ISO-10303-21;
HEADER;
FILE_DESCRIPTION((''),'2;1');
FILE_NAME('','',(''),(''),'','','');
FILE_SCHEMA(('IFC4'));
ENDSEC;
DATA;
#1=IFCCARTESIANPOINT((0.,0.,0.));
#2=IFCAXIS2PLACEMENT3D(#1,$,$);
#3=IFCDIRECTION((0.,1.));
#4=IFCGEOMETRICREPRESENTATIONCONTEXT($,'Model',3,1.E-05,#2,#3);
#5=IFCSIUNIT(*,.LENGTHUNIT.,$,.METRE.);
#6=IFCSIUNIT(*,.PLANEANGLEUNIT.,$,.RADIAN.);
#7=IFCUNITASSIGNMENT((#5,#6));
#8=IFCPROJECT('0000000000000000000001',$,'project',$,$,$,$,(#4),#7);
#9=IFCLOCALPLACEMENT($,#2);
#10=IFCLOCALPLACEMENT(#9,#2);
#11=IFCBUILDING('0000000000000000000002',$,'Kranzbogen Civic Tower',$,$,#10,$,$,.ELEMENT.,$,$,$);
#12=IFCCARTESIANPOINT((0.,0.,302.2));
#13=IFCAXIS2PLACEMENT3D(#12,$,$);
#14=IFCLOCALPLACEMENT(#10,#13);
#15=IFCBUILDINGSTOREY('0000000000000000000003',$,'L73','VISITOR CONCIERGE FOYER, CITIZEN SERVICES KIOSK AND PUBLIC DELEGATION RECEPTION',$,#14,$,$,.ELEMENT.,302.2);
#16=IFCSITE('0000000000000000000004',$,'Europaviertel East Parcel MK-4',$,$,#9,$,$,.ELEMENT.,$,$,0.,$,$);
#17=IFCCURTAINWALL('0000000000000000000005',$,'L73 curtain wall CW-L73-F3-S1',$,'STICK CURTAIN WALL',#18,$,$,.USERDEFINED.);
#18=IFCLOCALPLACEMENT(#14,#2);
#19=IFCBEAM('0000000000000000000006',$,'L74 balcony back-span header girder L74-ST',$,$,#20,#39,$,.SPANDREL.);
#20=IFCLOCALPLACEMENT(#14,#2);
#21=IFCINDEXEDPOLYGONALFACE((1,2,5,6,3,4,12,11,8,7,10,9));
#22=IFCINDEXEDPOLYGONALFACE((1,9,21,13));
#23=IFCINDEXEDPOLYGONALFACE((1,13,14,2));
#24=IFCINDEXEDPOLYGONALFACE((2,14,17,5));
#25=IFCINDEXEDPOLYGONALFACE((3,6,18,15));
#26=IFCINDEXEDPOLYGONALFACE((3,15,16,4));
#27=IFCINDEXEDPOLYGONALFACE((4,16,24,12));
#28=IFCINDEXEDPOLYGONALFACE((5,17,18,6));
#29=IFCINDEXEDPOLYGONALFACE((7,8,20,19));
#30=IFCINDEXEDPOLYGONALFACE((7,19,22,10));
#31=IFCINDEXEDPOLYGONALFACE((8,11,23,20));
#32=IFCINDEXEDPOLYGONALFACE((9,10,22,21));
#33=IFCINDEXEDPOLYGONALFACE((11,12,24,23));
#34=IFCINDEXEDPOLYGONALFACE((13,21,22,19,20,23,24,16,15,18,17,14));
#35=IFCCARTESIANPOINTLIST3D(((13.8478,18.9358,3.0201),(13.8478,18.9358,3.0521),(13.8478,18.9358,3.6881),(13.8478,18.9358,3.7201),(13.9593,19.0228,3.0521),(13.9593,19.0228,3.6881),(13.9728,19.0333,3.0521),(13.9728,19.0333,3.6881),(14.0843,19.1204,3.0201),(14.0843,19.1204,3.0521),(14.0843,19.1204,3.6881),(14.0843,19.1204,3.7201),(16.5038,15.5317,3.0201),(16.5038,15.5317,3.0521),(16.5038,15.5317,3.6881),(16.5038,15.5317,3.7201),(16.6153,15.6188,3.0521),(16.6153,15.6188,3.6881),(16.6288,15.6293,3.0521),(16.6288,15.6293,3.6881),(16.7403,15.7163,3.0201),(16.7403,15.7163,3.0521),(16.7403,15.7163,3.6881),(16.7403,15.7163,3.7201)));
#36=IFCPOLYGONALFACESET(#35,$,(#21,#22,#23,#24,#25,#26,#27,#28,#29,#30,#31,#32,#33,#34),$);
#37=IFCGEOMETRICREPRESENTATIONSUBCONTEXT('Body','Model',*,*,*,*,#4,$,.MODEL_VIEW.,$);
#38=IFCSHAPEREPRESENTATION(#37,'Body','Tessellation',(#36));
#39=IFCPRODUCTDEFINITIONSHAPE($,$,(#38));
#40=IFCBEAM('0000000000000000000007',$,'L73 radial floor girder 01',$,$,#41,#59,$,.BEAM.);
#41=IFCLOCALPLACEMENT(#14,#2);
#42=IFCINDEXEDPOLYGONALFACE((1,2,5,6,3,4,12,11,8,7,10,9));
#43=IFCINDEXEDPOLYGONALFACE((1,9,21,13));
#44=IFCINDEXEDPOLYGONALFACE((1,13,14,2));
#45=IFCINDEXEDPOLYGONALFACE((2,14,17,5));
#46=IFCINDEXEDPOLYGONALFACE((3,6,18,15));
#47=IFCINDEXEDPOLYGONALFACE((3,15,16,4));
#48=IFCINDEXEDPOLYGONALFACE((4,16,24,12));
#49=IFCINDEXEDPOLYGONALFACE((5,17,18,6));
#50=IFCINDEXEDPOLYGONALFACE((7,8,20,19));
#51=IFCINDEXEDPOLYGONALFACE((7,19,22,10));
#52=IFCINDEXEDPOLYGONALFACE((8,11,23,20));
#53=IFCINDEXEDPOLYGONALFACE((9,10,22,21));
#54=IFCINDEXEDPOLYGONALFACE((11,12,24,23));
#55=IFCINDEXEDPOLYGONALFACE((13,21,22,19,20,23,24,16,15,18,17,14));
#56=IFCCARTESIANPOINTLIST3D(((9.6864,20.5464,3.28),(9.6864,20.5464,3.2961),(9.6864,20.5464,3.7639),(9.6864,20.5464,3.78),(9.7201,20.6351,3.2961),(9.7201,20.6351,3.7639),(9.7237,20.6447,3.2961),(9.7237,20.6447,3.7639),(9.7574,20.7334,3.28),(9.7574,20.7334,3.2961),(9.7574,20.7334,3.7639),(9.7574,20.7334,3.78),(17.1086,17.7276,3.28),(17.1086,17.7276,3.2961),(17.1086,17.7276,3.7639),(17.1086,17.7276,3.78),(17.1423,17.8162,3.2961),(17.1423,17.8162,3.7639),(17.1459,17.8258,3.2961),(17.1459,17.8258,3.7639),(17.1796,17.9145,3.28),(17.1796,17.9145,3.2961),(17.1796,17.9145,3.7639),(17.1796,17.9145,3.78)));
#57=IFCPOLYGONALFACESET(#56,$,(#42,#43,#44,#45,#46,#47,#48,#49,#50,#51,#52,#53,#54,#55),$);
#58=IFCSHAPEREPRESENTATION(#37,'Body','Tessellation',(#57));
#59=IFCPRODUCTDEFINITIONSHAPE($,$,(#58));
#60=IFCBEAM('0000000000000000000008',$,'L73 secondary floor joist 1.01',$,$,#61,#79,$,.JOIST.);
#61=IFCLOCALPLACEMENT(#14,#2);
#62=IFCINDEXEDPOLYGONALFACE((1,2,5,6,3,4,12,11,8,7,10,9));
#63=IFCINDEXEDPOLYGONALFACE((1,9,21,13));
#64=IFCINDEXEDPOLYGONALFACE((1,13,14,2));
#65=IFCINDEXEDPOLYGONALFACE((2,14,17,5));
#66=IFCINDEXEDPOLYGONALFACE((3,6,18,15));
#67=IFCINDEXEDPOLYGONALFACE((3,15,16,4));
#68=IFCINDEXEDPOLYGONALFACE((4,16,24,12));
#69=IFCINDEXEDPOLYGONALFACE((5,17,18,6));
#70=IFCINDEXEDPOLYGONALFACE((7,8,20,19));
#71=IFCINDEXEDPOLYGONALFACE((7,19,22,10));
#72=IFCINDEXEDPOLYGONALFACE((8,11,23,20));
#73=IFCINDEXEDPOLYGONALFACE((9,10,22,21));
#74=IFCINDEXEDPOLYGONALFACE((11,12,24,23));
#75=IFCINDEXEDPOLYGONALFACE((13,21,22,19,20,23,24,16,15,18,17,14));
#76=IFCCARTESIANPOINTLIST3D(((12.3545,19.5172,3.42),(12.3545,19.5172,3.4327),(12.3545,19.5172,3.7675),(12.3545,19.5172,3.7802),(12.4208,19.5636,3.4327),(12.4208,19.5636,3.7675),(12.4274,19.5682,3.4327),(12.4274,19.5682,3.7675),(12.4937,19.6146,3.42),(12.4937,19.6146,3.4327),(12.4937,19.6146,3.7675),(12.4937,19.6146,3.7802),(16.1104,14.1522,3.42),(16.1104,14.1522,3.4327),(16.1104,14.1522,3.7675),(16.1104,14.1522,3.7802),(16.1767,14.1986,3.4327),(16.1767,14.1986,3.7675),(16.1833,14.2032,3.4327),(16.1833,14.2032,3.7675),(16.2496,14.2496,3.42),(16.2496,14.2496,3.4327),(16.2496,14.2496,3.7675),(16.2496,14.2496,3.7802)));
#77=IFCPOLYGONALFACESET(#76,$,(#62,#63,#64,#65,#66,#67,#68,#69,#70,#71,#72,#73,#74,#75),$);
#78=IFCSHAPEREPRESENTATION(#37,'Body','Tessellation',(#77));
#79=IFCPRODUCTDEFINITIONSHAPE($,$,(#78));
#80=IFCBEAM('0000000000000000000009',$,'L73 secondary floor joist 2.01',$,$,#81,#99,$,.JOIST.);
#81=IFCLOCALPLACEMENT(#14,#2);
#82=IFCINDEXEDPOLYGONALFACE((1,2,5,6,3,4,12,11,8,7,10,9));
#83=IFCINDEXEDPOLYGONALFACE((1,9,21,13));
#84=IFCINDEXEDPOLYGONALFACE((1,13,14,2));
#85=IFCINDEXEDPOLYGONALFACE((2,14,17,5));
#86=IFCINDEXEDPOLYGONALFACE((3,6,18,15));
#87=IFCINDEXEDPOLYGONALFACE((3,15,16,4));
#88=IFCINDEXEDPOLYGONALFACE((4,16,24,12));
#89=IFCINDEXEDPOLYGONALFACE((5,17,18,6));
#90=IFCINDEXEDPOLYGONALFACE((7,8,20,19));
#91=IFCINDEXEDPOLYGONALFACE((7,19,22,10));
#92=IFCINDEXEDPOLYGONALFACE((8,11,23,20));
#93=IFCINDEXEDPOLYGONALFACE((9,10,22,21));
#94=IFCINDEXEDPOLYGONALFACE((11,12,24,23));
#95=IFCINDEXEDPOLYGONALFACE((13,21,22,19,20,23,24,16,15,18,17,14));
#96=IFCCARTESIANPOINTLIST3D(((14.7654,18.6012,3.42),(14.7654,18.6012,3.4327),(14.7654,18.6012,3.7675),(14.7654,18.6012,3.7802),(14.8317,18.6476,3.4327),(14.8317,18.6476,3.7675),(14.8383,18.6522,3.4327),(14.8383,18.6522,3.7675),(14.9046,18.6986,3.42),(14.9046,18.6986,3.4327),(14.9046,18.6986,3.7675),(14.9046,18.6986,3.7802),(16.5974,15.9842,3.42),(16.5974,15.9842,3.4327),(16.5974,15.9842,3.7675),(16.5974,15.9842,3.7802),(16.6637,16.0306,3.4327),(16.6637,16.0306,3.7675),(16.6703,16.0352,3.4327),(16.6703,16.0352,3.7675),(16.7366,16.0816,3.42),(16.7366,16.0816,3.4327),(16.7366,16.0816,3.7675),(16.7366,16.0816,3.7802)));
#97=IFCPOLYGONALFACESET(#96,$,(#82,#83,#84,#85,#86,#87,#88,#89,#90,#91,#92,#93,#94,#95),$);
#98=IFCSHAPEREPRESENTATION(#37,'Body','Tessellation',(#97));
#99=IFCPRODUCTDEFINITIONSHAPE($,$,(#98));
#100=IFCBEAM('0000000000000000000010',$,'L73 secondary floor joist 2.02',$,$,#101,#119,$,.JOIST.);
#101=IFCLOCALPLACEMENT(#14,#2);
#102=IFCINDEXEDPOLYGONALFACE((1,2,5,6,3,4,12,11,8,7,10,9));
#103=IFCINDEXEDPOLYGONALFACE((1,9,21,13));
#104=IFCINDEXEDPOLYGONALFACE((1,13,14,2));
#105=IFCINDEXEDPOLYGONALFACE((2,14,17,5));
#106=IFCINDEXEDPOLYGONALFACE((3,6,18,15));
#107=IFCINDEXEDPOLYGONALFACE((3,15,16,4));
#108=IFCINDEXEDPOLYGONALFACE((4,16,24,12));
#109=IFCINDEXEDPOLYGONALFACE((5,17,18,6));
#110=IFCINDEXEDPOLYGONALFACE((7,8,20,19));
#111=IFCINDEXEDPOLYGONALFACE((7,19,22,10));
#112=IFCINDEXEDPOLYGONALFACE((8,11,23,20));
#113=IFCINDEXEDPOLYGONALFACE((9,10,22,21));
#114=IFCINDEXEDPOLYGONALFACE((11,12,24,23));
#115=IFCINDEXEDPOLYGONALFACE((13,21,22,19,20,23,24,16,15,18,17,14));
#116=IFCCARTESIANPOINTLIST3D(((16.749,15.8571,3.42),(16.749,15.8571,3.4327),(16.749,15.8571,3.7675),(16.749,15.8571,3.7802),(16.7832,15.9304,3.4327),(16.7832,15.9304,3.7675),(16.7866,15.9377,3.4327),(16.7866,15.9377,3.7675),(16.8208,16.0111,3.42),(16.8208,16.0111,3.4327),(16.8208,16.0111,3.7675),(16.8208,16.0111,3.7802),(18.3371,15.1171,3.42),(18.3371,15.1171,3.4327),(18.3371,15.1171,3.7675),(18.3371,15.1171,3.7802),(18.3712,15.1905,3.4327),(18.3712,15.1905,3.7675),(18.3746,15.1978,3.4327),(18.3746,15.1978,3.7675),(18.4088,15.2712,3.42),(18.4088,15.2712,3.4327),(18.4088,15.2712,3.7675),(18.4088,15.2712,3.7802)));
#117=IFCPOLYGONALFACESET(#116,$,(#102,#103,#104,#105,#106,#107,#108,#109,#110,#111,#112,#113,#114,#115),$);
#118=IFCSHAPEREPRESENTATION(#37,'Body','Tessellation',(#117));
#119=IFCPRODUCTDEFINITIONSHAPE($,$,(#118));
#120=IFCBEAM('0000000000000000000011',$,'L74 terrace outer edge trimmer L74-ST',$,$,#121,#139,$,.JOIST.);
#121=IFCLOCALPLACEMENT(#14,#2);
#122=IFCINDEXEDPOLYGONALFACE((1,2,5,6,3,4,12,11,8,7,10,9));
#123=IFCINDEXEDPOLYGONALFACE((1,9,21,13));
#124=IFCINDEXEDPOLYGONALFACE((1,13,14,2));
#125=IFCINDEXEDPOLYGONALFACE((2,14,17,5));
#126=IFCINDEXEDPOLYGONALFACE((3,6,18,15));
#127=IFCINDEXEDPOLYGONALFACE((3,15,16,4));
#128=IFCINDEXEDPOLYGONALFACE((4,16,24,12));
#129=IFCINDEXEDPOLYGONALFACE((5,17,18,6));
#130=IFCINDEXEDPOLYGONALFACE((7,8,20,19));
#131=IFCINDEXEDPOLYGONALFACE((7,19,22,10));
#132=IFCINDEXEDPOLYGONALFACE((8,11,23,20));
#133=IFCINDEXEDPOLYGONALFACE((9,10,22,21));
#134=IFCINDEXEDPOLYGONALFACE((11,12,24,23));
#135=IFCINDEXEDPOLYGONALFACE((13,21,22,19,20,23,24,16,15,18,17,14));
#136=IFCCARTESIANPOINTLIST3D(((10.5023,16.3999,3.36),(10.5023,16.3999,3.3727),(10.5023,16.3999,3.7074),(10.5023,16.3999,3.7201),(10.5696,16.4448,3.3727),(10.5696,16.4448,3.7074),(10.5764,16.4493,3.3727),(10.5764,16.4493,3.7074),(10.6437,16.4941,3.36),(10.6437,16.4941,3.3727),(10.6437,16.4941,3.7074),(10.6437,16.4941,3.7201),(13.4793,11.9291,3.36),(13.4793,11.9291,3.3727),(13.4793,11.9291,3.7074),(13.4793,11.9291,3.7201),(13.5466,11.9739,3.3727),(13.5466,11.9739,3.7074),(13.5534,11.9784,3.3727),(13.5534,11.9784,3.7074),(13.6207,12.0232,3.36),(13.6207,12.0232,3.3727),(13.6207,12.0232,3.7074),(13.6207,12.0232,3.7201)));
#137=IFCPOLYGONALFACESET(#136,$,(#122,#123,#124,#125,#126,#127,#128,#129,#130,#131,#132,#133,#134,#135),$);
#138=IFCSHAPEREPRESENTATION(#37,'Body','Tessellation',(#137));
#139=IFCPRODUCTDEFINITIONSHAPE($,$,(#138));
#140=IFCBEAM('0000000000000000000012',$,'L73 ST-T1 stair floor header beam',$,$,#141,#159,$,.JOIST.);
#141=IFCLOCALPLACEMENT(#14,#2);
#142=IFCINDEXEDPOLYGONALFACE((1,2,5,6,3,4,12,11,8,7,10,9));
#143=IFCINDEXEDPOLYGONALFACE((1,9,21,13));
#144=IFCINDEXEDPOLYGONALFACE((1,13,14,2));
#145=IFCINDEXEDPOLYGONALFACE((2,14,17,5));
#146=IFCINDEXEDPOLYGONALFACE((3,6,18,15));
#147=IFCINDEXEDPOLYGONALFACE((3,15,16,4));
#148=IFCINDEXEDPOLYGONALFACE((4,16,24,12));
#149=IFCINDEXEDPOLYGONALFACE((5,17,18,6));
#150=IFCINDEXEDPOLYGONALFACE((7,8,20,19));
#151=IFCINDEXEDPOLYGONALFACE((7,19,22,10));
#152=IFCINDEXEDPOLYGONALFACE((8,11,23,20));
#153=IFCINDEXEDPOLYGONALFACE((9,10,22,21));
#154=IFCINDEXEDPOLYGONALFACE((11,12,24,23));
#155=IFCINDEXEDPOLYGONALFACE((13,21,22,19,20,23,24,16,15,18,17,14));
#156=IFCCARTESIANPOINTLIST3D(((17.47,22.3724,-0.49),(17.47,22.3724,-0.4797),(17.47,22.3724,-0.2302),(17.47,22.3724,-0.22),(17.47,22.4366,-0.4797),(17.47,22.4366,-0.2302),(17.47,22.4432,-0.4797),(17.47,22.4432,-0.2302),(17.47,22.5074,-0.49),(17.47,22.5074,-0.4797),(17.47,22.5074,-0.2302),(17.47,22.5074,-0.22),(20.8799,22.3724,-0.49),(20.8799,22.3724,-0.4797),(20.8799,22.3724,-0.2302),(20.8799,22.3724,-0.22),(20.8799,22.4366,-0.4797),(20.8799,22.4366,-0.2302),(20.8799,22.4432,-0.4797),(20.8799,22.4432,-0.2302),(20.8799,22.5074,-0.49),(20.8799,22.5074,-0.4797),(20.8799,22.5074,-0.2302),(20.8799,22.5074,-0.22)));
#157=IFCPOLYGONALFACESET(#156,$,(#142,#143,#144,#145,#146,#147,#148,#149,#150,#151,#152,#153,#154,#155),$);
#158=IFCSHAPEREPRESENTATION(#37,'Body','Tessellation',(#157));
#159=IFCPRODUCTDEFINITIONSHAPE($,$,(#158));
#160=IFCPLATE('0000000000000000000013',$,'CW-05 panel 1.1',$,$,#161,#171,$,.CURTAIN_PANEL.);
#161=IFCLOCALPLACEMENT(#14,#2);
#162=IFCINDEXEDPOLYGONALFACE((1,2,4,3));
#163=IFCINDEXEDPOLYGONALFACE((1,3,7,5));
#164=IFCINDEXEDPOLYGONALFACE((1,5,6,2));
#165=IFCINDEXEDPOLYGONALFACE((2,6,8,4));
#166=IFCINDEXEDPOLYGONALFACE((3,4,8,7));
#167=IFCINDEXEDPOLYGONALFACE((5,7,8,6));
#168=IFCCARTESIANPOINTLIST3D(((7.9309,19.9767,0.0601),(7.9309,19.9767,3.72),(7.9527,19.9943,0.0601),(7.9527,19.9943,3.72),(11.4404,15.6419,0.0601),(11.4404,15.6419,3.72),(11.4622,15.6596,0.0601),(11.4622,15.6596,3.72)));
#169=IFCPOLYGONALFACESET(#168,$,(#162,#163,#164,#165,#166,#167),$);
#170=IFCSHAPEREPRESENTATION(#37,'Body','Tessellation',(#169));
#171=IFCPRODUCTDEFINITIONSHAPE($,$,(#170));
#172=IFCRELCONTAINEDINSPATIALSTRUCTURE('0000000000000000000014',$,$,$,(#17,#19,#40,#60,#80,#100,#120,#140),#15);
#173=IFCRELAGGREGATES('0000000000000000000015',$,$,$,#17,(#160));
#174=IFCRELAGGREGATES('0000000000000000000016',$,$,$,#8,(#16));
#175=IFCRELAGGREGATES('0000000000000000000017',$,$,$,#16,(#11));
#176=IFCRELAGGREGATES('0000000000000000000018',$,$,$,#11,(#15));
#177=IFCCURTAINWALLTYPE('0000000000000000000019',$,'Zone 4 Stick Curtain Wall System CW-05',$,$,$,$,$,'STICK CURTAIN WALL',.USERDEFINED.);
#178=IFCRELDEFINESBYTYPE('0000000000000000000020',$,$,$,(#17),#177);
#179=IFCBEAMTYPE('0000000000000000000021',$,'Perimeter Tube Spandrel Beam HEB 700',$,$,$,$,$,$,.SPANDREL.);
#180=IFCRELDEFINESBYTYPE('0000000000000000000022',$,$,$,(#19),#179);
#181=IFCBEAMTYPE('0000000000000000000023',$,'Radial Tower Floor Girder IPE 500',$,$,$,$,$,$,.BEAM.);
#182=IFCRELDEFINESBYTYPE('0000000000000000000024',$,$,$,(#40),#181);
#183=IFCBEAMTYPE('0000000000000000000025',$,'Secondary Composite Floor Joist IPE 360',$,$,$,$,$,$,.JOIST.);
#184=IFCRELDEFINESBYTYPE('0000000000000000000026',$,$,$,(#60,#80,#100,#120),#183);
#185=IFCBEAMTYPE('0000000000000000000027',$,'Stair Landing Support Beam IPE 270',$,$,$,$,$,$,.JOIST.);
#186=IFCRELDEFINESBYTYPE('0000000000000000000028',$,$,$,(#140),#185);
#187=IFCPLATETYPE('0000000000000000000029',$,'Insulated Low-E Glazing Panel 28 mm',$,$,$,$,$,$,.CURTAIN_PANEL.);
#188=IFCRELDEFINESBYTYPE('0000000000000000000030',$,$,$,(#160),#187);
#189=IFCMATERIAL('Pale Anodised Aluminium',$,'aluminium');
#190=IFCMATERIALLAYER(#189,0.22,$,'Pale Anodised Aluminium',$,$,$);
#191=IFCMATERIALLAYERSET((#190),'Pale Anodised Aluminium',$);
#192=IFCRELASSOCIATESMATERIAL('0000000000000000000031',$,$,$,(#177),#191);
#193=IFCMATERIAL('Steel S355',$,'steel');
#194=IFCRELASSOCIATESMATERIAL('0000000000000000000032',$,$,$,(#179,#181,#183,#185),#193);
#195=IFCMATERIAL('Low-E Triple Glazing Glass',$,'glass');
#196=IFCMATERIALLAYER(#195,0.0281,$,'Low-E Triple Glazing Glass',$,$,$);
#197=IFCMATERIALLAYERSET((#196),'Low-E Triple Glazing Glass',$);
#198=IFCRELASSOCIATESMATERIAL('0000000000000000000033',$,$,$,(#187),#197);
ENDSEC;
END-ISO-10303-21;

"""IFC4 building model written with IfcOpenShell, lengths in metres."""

from ifc_helpers import new_model, si_unit, direction, frame, origin, origin_2d, place, context, subcontext, project, spatial, rectangle, i_section, extrude, material, layer, layer_set, material_profile, profile_set, type_object, element, aggregate, save


model = new_model("IFC4")

# Units and contexts
model_context = context("Model", 3, precision=1e-05, world=origin(), true_north=direction((0.0, 1.0)))
body_context = subcontext(model_context, "Body", "Model", "MODEL_VIEW")
ifc_project = project(units=[si_unit("LENGTHUNIT", "METRE"), si_unit("PLANEANGLEUNIT", "RADIAN")], contexts=[model_context])

# Site, building, storey
site_placement = place(None, origin())
site = spatial("IfcSite", under=ifc_project, at=site_placement, Name="Europaviertel East Parcel MK-4", CompositionType="ELEMENT", RefElevation=0.0)
building_placement = place(site_placement, origin())
building = spatial("IfcBuilding", under=site, at=building_placement, Name="Kranzbogen Civic Tower", CompositionType="ELEMENT")
storey_placement = place(building_placement, frame((0.0, 0.0, 302.2)))
storey = spatial("IfcBuildingStorey", under=building, at=storey_placement, Name="L73", Description="VISITOR CONCIERGE FOYER, CITIZEN SERVICES KIOSK AND PUBLIC DELEGATION RECEPTION", CompositionType="ELEMENT", Elevation=302.2)

# Shared definitions
ifc_material_1 = material(Name="Steel S355", Category="steel")

# Curtain wall
ifc_material_2 = material(Name="Pale Anodised Aluminium", Category="aluminium")
ifc_layer_1 = layer(ifc_material_2, 0.22, Name="Pale Anodised Aluminium")
ifc_layer_set_1 = layer_set([ifc_layer_1], Name="Pale Anodised Aluminium")
curtain_wall_type = type_object("IfcCurtainWallType", Name="Zone 4 Stick Curtain Wall System CW-05", ElementType="STICK CURTAIN WALL", PredefinedType="USERDEFINED", material=ifc_layer_set_1)
curtain_wall_placement = place(storey_placement, origin())
curtain_wall = element("IfcCurtainWall", 1, at=curtain_wall_placement, inside=storey, type_object=curtain_wall_type, Name="L73 curtain wall CW-L73-F3-S1", ObjectType="STICK CURTAIN WALL", PredefinedType="USERDEFINED")

# Beams
ifc_material_profile_1 = material_profile(ifc_material_1, i_section(OverallWidth=0.3, OverallDepth=0.7, WebThickness=0.0171, FlangeThickness=0.032, at=origin_2d()), Name="HEB 700")
ifc_profile_set_1 = profile_set([ifc_material_profile_1], Name="Steel S355")
beam_type_1 = type_object("IfcBeamType", Name="Perimeter Tube Spandrel Beam HEB 700", PredefinedType="SPANDREL", material=ifc_profile_set_1)
beam_1_placement = place(storey_placement, frame((13.9661, 19.0281, 3.3701), z_axis=(0.615153, -0.788407, 0.0), x_axis=(0.788407, 0.615153, 0.0)))
element("IfcBeam", 2, at=beam_1_placement, inside=storey, type_object=beam_type_1, Name="L74 balcony back-span header girder L74-ST", PredefinedType="SPANDREL", context=body_context, shape_type="SweptSolid", body=[
    extrude(i_section(OverallWidth=0.3, OverallDepth=0.7, WebThickness=0.0171, FlangeThickness=0.032, at=origin_2d()), origin(), (0.0, 0.0, 1.0), 4.3176),
])
ifc_material_profile_2 = material_profile(ifc_material_1, i_section(OverallWidth=0.2, OverallDepth=0.5, WebThickness=0.0103, FlangeThickness=0.0161, at=origin_2d()), Name="IPE 500")
ifc_profile_set_2 = profile_set([ifc_material_profile_2], Name="Steel S355")
beam_type_2 = type_object("IfcBeamType", Name="Radial Tower Floor Girder IPE 500", PredefinedType="BEAM", material=ifc_profile_set_2)
beam_2_placement = place(storey_placement, frame((9.7219, 20.6399, 3.53), z_axis=(0.934849, -0.355046, 0.0), x_axis=(0.355046, 0.934849, 0.0)))
element("IfcBeam", 3, at=beam_2_placement, inside=storey, type_object=beam_type_2, Name="L73 radial floor girder 01", PredefinedType="BEAM", context=body_context, shape_type="SweptSolid", body=[
    extrude(i_section(OverallWidth=0.2, OverallDepth=0.5, WebThickness=0.0103, FlangeThickness=0.0161, at=origin_2d()), origin(), (0.0, 0.0, 1.0), 7.9395),
])
ifc_material_profile_3 = material_profile(ifc_material_1, i_section(OverallWidth=0.1699, OverallDepth=0.3601, WebThickness=0.0081, FlangeThickness=0.0127, at=origin_2d()), Name="IPE 360")
ifc_profile_set_3 = profile_set([ifc_material_profile_3], Name="Steel S355")
beam_type_3 = type_object("IfcBeamType", Name="Secondary Composite Floor Joist IPE 360", PredefinedType="JOIST", material=ifc_profile_set_3)
beam_3_placement = place(storey_placement, frame((12.4241, 19.5659, 3.6001), z_axis=(0.5735, -0.819206, 0.0), x_axis=(0.819206, 0.5735, 0.0)))
element("IfcBeam", 4, at=beam_3_placement, inside=storey, type_object=beam_type_3, Name="L73 secondary floor joist 1.01", PredefinedType="JOIST", context=body_context, shape_type="SweptSolid", body=[
    extrude(i_section(OverallWidth=0.1699, OverallDepth=0.3601, WebThickness=0.0081, FlangeThickness=0.0127, at=origin_2d()), origin(), (0.0, 0.0, 1.0), 6.5491),
])
beam_4_placement = place(storey_placement, frame((14.835, 18.6499, 3.6001), z_axis=(0.573498, -0.819207, 0.0), x_axis=(0.819207, 0.573498, 0.0)))
element("IfcBeam", 5, at=beam_4_placement, inside=storey, type_object=beam_type_3, Name="L73 secondary floor joist 2.01", PredefinedType="JOIST", context=body_context, shape_type="SweptSolid", body=[
    extrude(i_section(OverallWidth=0.1699, OverallDepth=0.3601, WebThickness=0.0081, FlangeThickness=0.0127, at=origin_2d()), origin(), (0.0, 0.0, 1.0), 3.1946),
])
beam_5_placement = place(storey_placement, frame((16.7849, 15.9341, 3.6001), z_axis=(0.906432, -0.422351, 0.0), x_axis=(0.422351, 0.906432, 0.0)))
element("IfcBeam", 6, at=beam_5_placement, inside=storey, type_object=beam_type_3, Name="L73 secondary floor joist 2.02", PredefinedType="JOIST", context=body_context, shape_type="SweptSolid", body=[
    extrude(i_section(OverallWidth=0.1699, OverallDepth=0.3601, WebThickness=0.0081, FlangeThickness=0.0127, at=origin_2d()), origin(), (0.0, 0.0, 1.0), 1.752),
])
beam_6_placement = place(storey_placement, frame((10.573, 16.447, 3.54), z_axis=(0.554239, -0.832358, 0.0), x_axis=(0.832358, 0.554239, 0.0)))
element("IfcBeam", 7, at=beam_6_placement, inside=storey, type_object=beam_type_3, Name="L74 terrace outer edge trimmer L74-ST", PredefinedType="JOIST", context=body_context, shape_type="SweptSolid", body=[
    extrude(i_section(OverallWidth=0.1699, OverallDepth=0.3601, WebThickness=0.0081, FlangeThickness=0.0127, at=origin_2d()), origin(), (0.0, 0.0, 1.0), 5.3713),
])
ifc_material_profile_4 = material_profile(ifc_material_1, i_section(OverallWidth=0.135, OverallDepth=0.27, WebThickness=0.0066, FlangeThickness=0.0103, at=origin_2d()), Name="IPE 270")
ifc_profile_set_4 = profile_set([ifc_material_profile_4], Name="Steel S355")
beam_type_4 = type_object("IfcBeamType", Name="Stair Landing Support Beam IPE 270", PredefinedType="JOIST", material=ifc_profile_set_4)
beam_7_placement = place(storey_placement, frame((20.8799, 22.4399, -0.355), z_axis=(-1.0, 0.0, 0.0), x_axis=(0.0, -1.0, 0.0)))
element("IfcBeam", 8, at=beam_7_placement, inside=storey, type_object=beam_type_4, Name="L73 ST-T1 stair floor header beam", PredefinedType="JOIST", context=body_context, shape_type="SweptSolid", body=[
    extrude(i_section(OverallWidth=0.135, OverallDepth=0.27, WebThickness=0.0066, FlangeThickness=0.0103, at=origin_2d()), origin(), (0.0, 0.0, 1.0), 3.4099),
])

# Plate
ifc_material_3 = material(Name="Low-E Triple Glazing Glass", Category="glass")
ifc_layer_2 = layer(ifc_material_3, 0.0281, Name="Low-E Triple Glazing Glass")
ifc_layer_set_2 = layer_set([ifc_layer_2], Name="Low-E Triple Glazing Glass")
plate_type = type_object("IfcPlateType", Name="Insulated Low-E Glazing Panel 28 mm", PredefinedType="CURTAIN_PANEL", material=ifc_layer_set_2)
plate_placement = place(storey_placement, frame((9.6965, 17.8181, 0.0601), z_axis=(0.0, 0.0, 1.0), x_axis=(0.629244, -0.777208, 0.0)))
plate = element("IfcPlate", 9, at=plate_placement, type_object=plate_type, Name="CW-05 panel 1.1", PredefinedType="CURTAIN_PANEL", context=body_context, shape_type="SweptSolid", body=[
    extrude(rectangle(XDim=5.5774, YDim=0.0281, at=origin_2d()), origin(), (0.0, 0.0, 1.0), 3.6599),
])
aggregate(curtain_wall, [plate])

save(model, "model.ifc")
